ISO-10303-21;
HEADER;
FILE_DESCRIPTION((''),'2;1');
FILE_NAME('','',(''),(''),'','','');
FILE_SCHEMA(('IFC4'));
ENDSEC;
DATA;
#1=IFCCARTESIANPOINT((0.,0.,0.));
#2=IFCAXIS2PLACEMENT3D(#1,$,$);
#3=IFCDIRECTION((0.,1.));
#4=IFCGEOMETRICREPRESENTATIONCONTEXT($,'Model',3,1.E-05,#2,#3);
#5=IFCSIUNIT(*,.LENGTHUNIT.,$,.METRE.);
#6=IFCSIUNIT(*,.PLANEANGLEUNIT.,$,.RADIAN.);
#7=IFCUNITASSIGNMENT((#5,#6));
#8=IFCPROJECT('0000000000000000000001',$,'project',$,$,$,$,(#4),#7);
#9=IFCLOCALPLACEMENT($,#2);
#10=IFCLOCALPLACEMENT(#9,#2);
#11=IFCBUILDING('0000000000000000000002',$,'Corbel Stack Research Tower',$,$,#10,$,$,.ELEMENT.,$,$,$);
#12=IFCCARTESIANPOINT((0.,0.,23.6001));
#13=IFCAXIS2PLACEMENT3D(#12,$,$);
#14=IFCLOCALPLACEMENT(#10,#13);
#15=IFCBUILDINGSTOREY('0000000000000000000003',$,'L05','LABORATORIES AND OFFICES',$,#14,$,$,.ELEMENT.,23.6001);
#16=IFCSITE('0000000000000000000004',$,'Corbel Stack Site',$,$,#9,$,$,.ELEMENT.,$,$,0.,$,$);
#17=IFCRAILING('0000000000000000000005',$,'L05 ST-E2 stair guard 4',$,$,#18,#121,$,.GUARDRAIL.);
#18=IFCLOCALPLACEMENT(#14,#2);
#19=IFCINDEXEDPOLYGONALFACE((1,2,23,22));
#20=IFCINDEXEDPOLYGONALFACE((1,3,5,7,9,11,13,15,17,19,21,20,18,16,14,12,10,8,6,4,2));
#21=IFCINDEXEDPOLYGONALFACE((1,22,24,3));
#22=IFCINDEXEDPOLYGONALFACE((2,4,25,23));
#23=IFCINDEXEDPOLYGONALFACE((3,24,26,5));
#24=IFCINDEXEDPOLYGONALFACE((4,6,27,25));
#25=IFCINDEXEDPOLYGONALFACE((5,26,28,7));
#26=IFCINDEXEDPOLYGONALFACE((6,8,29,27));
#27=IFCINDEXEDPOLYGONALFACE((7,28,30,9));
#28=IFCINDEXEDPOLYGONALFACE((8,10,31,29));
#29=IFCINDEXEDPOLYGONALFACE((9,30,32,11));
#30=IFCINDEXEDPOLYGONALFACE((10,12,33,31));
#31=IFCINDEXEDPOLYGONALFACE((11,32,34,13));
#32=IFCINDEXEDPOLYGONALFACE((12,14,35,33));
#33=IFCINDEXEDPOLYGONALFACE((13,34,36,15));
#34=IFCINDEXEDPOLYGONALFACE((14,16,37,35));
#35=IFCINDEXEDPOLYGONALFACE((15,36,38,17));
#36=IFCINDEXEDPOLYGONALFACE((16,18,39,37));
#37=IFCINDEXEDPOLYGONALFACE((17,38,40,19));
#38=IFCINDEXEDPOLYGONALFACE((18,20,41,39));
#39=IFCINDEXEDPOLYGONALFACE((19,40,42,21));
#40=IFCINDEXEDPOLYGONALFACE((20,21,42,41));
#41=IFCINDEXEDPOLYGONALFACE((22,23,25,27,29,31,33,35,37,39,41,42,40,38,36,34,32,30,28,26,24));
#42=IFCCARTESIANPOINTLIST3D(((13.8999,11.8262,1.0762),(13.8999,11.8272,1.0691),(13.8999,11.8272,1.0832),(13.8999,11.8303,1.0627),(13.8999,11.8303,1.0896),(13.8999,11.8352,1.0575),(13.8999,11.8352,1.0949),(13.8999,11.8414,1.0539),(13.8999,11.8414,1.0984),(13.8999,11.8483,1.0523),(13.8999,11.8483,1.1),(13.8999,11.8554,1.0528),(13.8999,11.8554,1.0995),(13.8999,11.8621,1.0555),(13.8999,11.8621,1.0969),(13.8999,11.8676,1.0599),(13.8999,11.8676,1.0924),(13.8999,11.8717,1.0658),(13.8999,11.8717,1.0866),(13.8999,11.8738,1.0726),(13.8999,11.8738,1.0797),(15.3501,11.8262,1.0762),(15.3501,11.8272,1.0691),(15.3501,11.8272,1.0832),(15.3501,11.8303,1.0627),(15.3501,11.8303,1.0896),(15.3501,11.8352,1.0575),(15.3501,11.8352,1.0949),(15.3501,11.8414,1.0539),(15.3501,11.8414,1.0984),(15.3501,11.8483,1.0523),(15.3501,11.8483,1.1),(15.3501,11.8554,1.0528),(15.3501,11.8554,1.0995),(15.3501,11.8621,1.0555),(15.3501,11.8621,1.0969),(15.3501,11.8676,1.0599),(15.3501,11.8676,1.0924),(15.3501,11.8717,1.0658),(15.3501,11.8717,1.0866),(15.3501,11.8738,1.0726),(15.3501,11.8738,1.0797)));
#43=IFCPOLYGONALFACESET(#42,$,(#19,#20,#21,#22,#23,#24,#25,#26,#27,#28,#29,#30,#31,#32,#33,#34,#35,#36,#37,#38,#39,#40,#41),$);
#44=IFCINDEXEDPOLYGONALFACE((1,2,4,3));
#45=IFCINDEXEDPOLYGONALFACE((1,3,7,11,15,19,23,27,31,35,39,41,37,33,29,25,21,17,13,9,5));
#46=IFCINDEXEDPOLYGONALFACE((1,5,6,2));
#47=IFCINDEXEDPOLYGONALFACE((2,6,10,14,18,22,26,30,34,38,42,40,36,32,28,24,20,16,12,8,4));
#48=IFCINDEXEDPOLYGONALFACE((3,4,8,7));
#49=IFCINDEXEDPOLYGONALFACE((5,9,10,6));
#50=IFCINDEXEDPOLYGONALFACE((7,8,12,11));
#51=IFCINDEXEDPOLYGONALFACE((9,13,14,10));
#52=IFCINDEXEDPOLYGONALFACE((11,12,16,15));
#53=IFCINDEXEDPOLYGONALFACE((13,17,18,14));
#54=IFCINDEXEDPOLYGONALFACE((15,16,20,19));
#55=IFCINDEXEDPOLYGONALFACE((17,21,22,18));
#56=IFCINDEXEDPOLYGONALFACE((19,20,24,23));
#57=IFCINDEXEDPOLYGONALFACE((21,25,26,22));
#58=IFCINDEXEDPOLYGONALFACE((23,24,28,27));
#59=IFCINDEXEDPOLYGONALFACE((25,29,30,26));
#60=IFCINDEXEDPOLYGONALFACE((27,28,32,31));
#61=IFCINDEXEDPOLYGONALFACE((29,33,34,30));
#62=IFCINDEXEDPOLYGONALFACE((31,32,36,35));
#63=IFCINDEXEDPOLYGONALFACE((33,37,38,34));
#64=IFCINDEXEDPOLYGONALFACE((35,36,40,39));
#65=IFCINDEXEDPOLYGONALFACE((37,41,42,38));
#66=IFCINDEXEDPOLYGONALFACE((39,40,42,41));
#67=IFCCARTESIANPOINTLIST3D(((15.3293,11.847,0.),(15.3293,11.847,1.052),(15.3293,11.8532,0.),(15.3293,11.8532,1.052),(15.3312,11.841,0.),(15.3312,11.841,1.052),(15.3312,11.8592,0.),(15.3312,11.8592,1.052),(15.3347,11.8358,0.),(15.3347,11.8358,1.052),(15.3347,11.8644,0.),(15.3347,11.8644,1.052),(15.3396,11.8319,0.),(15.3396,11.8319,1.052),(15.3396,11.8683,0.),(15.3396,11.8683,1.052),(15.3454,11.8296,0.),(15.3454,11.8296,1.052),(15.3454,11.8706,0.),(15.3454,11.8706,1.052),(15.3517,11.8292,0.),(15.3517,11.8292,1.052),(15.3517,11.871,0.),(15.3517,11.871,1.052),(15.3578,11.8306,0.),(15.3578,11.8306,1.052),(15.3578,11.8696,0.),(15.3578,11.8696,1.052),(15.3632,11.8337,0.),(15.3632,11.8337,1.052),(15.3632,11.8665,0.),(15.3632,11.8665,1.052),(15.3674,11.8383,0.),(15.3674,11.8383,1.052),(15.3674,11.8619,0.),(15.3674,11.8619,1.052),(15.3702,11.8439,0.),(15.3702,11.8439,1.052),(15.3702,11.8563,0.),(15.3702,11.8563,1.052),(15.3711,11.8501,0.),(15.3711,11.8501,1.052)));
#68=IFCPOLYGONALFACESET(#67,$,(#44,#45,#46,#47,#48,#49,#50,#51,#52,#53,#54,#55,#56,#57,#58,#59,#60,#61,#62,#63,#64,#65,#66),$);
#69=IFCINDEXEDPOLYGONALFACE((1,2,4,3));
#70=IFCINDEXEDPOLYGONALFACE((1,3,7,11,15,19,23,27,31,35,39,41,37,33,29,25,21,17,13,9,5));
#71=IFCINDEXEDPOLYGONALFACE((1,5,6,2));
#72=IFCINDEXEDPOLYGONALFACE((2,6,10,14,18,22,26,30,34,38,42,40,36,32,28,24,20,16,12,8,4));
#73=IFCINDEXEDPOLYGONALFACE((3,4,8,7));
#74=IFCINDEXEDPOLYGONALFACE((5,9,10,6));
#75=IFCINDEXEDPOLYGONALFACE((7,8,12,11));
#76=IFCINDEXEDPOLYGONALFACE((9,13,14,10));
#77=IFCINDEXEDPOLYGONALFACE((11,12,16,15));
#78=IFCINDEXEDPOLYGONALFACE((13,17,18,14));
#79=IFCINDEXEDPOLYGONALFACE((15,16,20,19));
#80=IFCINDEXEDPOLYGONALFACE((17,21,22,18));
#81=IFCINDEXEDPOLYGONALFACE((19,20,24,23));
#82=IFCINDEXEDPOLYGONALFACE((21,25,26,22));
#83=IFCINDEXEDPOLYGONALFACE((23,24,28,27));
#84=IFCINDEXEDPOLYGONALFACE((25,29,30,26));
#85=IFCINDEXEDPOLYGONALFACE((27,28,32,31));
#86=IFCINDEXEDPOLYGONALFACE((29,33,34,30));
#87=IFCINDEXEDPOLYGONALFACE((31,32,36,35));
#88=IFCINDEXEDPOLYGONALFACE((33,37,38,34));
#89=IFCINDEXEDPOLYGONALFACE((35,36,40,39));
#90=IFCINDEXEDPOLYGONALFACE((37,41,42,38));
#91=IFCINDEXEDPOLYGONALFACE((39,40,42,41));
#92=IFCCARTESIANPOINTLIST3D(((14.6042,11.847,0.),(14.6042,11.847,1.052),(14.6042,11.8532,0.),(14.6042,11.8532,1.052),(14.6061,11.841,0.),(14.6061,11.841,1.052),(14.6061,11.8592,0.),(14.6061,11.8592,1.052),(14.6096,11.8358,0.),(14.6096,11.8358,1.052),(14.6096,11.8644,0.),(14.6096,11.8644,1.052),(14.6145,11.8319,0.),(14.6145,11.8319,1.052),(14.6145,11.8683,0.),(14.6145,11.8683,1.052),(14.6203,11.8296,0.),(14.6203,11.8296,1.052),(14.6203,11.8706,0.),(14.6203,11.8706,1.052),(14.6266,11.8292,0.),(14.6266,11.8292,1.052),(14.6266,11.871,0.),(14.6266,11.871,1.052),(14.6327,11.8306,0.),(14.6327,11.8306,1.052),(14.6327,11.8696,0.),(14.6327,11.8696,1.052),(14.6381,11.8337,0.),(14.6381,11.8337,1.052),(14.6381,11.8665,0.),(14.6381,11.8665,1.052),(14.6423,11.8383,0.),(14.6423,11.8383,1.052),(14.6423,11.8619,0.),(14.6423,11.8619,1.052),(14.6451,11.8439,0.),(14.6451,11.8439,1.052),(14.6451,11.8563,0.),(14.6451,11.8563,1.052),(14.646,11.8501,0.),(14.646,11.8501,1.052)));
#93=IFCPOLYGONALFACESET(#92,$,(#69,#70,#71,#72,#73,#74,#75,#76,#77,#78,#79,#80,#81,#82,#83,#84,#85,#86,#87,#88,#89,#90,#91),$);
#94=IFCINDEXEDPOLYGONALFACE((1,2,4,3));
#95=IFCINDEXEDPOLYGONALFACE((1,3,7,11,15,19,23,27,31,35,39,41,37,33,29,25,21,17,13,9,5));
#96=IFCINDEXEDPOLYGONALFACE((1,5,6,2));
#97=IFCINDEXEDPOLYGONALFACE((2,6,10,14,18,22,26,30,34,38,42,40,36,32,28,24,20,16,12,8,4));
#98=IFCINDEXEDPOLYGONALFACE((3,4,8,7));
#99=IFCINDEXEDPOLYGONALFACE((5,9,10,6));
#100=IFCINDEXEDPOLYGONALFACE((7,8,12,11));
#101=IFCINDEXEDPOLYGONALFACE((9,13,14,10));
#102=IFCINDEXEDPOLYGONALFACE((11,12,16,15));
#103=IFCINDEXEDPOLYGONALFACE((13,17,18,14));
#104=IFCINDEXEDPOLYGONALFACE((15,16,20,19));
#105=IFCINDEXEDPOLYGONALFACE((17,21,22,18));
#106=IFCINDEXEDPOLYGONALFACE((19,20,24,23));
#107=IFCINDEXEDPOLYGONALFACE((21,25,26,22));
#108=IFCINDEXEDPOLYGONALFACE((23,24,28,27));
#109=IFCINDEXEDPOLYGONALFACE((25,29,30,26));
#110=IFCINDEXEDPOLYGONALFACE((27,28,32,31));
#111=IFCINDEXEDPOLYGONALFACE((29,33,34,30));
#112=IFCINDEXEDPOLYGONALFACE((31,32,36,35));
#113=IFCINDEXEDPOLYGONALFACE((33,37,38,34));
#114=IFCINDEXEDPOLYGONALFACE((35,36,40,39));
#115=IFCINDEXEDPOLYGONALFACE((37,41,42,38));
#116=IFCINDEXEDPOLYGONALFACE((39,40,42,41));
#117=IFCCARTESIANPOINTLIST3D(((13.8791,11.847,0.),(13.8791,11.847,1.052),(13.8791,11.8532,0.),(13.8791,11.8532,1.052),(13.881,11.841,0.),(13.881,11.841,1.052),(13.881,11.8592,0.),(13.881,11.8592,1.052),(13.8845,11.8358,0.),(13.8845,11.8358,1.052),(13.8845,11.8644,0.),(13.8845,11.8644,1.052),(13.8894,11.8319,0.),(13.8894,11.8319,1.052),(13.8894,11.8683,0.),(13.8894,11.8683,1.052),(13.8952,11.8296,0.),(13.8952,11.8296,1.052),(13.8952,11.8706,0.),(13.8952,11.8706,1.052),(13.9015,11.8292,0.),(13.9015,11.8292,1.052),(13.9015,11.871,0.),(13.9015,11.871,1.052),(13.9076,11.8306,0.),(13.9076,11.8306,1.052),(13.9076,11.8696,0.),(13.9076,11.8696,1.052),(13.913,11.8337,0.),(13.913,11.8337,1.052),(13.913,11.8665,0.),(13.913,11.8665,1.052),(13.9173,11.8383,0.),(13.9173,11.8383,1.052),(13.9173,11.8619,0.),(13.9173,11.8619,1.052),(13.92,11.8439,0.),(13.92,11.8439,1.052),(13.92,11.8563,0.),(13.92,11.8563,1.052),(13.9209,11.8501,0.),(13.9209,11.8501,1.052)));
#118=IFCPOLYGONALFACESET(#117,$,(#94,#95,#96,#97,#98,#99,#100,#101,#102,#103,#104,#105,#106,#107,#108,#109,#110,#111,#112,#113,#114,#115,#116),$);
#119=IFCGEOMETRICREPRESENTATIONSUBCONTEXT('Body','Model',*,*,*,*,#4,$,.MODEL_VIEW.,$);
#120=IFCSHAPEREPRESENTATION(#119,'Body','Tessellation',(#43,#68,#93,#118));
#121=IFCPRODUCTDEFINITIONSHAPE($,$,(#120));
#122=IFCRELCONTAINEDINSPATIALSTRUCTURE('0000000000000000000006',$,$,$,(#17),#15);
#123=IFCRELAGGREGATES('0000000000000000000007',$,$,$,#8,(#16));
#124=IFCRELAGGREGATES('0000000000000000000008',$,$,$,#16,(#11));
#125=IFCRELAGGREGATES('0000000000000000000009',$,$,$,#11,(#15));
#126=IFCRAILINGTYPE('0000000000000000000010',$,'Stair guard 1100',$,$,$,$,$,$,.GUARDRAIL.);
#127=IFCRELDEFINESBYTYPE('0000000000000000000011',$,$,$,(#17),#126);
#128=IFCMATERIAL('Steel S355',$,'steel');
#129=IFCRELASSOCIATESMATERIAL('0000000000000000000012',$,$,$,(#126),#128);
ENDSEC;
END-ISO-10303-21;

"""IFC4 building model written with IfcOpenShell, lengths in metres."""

from ifc_helpers import new_model, si_unit, direction, frame, origin, origin_2d, place, context, subcontext, project, spatial, circle, extrude, material, type_object, element, save


model = new_model("IFC4")

# Units and contexts
model_context = context("Model", 3, precision=1e-05, world=origin(), true_north=direction((0.0, 1.0)))
body_context = subcontext(model_context, "Body", "Model", "MODEL_VIEW")
ifc_project = project(units=[si_unit("LENGTHUNIT", "METRE"), si_unit("PLANEANGLEUNIT", "RADIAN")], contexts=[model_context])

# Site, building, storey
site_placement = place(None, origin())
site = spatial("IfcSite", under=ifc_project, at=site_placement, Name="Corbel Stack Site", CompositionType="ELEMENT", RefElevation=0.0)
building_placement = place(site_placement, origin())
building = spatial("IfcBuilding", under=site, at=building_placement, Name="Corbel Stack Research Tower", CompositionType="ELEMENT")
storey_placement = place(building_placement, frame((0.0, 0.0, 23.6001)))
storey = spatial("IfcBuildingStorey", under=building, at=storey_placement, Name="L05", Description="LABORATORIES AND OFFICES", CompositionType="ELEMENT", Elevation=23.6001)

# Railing
ifc_material_1 = material(Name="Steel S355", Category="steel")
railing_type_1 = type_object("IfcRailingType", Name="Stair guard 1100", PredefinedType="GUARDRAIL", material=ifc_material_1)
railing_1_placement = place(storey_placement, frame((15.3501, 11.8501, 0.0)))
element("IfcRailing", 1, at=railing_1_placement, inside=storey, type_object=railing_type_1, Name="L05 ST-E2 stair guard 4", PredefinedType="GUARDRAIL", context=body_context, shape_type="SweptSolid", body=[
    extrude(circle(Radius=0.0239, at=origin_2d()), frame((0.0, 0.0, 1.0762), z_axis=(-1.0, 0.0, 0.0), x_axis=(0.0, -1.0, 0.0)), (0.0, 0.0, 1.0), 1.4502),
    extrude(circle(Radius=0.021, at=origin_2d()), origin(), (0.0, 0.0, 1.0), 1.052),
    extrude(circle(Radius=0.021, at=origin_2d()), frame((-0.7251, 0.0, 0.0)), (0.0, 0.0, 1.0), 1.052),
    extrude(circle(Radius=0.021, at=origin_2d()), frame((-1.4502, 0.0, 0.0)), (0.0, 0.0, 1.0), 1.052),
])

save(model, "model.ifc")
